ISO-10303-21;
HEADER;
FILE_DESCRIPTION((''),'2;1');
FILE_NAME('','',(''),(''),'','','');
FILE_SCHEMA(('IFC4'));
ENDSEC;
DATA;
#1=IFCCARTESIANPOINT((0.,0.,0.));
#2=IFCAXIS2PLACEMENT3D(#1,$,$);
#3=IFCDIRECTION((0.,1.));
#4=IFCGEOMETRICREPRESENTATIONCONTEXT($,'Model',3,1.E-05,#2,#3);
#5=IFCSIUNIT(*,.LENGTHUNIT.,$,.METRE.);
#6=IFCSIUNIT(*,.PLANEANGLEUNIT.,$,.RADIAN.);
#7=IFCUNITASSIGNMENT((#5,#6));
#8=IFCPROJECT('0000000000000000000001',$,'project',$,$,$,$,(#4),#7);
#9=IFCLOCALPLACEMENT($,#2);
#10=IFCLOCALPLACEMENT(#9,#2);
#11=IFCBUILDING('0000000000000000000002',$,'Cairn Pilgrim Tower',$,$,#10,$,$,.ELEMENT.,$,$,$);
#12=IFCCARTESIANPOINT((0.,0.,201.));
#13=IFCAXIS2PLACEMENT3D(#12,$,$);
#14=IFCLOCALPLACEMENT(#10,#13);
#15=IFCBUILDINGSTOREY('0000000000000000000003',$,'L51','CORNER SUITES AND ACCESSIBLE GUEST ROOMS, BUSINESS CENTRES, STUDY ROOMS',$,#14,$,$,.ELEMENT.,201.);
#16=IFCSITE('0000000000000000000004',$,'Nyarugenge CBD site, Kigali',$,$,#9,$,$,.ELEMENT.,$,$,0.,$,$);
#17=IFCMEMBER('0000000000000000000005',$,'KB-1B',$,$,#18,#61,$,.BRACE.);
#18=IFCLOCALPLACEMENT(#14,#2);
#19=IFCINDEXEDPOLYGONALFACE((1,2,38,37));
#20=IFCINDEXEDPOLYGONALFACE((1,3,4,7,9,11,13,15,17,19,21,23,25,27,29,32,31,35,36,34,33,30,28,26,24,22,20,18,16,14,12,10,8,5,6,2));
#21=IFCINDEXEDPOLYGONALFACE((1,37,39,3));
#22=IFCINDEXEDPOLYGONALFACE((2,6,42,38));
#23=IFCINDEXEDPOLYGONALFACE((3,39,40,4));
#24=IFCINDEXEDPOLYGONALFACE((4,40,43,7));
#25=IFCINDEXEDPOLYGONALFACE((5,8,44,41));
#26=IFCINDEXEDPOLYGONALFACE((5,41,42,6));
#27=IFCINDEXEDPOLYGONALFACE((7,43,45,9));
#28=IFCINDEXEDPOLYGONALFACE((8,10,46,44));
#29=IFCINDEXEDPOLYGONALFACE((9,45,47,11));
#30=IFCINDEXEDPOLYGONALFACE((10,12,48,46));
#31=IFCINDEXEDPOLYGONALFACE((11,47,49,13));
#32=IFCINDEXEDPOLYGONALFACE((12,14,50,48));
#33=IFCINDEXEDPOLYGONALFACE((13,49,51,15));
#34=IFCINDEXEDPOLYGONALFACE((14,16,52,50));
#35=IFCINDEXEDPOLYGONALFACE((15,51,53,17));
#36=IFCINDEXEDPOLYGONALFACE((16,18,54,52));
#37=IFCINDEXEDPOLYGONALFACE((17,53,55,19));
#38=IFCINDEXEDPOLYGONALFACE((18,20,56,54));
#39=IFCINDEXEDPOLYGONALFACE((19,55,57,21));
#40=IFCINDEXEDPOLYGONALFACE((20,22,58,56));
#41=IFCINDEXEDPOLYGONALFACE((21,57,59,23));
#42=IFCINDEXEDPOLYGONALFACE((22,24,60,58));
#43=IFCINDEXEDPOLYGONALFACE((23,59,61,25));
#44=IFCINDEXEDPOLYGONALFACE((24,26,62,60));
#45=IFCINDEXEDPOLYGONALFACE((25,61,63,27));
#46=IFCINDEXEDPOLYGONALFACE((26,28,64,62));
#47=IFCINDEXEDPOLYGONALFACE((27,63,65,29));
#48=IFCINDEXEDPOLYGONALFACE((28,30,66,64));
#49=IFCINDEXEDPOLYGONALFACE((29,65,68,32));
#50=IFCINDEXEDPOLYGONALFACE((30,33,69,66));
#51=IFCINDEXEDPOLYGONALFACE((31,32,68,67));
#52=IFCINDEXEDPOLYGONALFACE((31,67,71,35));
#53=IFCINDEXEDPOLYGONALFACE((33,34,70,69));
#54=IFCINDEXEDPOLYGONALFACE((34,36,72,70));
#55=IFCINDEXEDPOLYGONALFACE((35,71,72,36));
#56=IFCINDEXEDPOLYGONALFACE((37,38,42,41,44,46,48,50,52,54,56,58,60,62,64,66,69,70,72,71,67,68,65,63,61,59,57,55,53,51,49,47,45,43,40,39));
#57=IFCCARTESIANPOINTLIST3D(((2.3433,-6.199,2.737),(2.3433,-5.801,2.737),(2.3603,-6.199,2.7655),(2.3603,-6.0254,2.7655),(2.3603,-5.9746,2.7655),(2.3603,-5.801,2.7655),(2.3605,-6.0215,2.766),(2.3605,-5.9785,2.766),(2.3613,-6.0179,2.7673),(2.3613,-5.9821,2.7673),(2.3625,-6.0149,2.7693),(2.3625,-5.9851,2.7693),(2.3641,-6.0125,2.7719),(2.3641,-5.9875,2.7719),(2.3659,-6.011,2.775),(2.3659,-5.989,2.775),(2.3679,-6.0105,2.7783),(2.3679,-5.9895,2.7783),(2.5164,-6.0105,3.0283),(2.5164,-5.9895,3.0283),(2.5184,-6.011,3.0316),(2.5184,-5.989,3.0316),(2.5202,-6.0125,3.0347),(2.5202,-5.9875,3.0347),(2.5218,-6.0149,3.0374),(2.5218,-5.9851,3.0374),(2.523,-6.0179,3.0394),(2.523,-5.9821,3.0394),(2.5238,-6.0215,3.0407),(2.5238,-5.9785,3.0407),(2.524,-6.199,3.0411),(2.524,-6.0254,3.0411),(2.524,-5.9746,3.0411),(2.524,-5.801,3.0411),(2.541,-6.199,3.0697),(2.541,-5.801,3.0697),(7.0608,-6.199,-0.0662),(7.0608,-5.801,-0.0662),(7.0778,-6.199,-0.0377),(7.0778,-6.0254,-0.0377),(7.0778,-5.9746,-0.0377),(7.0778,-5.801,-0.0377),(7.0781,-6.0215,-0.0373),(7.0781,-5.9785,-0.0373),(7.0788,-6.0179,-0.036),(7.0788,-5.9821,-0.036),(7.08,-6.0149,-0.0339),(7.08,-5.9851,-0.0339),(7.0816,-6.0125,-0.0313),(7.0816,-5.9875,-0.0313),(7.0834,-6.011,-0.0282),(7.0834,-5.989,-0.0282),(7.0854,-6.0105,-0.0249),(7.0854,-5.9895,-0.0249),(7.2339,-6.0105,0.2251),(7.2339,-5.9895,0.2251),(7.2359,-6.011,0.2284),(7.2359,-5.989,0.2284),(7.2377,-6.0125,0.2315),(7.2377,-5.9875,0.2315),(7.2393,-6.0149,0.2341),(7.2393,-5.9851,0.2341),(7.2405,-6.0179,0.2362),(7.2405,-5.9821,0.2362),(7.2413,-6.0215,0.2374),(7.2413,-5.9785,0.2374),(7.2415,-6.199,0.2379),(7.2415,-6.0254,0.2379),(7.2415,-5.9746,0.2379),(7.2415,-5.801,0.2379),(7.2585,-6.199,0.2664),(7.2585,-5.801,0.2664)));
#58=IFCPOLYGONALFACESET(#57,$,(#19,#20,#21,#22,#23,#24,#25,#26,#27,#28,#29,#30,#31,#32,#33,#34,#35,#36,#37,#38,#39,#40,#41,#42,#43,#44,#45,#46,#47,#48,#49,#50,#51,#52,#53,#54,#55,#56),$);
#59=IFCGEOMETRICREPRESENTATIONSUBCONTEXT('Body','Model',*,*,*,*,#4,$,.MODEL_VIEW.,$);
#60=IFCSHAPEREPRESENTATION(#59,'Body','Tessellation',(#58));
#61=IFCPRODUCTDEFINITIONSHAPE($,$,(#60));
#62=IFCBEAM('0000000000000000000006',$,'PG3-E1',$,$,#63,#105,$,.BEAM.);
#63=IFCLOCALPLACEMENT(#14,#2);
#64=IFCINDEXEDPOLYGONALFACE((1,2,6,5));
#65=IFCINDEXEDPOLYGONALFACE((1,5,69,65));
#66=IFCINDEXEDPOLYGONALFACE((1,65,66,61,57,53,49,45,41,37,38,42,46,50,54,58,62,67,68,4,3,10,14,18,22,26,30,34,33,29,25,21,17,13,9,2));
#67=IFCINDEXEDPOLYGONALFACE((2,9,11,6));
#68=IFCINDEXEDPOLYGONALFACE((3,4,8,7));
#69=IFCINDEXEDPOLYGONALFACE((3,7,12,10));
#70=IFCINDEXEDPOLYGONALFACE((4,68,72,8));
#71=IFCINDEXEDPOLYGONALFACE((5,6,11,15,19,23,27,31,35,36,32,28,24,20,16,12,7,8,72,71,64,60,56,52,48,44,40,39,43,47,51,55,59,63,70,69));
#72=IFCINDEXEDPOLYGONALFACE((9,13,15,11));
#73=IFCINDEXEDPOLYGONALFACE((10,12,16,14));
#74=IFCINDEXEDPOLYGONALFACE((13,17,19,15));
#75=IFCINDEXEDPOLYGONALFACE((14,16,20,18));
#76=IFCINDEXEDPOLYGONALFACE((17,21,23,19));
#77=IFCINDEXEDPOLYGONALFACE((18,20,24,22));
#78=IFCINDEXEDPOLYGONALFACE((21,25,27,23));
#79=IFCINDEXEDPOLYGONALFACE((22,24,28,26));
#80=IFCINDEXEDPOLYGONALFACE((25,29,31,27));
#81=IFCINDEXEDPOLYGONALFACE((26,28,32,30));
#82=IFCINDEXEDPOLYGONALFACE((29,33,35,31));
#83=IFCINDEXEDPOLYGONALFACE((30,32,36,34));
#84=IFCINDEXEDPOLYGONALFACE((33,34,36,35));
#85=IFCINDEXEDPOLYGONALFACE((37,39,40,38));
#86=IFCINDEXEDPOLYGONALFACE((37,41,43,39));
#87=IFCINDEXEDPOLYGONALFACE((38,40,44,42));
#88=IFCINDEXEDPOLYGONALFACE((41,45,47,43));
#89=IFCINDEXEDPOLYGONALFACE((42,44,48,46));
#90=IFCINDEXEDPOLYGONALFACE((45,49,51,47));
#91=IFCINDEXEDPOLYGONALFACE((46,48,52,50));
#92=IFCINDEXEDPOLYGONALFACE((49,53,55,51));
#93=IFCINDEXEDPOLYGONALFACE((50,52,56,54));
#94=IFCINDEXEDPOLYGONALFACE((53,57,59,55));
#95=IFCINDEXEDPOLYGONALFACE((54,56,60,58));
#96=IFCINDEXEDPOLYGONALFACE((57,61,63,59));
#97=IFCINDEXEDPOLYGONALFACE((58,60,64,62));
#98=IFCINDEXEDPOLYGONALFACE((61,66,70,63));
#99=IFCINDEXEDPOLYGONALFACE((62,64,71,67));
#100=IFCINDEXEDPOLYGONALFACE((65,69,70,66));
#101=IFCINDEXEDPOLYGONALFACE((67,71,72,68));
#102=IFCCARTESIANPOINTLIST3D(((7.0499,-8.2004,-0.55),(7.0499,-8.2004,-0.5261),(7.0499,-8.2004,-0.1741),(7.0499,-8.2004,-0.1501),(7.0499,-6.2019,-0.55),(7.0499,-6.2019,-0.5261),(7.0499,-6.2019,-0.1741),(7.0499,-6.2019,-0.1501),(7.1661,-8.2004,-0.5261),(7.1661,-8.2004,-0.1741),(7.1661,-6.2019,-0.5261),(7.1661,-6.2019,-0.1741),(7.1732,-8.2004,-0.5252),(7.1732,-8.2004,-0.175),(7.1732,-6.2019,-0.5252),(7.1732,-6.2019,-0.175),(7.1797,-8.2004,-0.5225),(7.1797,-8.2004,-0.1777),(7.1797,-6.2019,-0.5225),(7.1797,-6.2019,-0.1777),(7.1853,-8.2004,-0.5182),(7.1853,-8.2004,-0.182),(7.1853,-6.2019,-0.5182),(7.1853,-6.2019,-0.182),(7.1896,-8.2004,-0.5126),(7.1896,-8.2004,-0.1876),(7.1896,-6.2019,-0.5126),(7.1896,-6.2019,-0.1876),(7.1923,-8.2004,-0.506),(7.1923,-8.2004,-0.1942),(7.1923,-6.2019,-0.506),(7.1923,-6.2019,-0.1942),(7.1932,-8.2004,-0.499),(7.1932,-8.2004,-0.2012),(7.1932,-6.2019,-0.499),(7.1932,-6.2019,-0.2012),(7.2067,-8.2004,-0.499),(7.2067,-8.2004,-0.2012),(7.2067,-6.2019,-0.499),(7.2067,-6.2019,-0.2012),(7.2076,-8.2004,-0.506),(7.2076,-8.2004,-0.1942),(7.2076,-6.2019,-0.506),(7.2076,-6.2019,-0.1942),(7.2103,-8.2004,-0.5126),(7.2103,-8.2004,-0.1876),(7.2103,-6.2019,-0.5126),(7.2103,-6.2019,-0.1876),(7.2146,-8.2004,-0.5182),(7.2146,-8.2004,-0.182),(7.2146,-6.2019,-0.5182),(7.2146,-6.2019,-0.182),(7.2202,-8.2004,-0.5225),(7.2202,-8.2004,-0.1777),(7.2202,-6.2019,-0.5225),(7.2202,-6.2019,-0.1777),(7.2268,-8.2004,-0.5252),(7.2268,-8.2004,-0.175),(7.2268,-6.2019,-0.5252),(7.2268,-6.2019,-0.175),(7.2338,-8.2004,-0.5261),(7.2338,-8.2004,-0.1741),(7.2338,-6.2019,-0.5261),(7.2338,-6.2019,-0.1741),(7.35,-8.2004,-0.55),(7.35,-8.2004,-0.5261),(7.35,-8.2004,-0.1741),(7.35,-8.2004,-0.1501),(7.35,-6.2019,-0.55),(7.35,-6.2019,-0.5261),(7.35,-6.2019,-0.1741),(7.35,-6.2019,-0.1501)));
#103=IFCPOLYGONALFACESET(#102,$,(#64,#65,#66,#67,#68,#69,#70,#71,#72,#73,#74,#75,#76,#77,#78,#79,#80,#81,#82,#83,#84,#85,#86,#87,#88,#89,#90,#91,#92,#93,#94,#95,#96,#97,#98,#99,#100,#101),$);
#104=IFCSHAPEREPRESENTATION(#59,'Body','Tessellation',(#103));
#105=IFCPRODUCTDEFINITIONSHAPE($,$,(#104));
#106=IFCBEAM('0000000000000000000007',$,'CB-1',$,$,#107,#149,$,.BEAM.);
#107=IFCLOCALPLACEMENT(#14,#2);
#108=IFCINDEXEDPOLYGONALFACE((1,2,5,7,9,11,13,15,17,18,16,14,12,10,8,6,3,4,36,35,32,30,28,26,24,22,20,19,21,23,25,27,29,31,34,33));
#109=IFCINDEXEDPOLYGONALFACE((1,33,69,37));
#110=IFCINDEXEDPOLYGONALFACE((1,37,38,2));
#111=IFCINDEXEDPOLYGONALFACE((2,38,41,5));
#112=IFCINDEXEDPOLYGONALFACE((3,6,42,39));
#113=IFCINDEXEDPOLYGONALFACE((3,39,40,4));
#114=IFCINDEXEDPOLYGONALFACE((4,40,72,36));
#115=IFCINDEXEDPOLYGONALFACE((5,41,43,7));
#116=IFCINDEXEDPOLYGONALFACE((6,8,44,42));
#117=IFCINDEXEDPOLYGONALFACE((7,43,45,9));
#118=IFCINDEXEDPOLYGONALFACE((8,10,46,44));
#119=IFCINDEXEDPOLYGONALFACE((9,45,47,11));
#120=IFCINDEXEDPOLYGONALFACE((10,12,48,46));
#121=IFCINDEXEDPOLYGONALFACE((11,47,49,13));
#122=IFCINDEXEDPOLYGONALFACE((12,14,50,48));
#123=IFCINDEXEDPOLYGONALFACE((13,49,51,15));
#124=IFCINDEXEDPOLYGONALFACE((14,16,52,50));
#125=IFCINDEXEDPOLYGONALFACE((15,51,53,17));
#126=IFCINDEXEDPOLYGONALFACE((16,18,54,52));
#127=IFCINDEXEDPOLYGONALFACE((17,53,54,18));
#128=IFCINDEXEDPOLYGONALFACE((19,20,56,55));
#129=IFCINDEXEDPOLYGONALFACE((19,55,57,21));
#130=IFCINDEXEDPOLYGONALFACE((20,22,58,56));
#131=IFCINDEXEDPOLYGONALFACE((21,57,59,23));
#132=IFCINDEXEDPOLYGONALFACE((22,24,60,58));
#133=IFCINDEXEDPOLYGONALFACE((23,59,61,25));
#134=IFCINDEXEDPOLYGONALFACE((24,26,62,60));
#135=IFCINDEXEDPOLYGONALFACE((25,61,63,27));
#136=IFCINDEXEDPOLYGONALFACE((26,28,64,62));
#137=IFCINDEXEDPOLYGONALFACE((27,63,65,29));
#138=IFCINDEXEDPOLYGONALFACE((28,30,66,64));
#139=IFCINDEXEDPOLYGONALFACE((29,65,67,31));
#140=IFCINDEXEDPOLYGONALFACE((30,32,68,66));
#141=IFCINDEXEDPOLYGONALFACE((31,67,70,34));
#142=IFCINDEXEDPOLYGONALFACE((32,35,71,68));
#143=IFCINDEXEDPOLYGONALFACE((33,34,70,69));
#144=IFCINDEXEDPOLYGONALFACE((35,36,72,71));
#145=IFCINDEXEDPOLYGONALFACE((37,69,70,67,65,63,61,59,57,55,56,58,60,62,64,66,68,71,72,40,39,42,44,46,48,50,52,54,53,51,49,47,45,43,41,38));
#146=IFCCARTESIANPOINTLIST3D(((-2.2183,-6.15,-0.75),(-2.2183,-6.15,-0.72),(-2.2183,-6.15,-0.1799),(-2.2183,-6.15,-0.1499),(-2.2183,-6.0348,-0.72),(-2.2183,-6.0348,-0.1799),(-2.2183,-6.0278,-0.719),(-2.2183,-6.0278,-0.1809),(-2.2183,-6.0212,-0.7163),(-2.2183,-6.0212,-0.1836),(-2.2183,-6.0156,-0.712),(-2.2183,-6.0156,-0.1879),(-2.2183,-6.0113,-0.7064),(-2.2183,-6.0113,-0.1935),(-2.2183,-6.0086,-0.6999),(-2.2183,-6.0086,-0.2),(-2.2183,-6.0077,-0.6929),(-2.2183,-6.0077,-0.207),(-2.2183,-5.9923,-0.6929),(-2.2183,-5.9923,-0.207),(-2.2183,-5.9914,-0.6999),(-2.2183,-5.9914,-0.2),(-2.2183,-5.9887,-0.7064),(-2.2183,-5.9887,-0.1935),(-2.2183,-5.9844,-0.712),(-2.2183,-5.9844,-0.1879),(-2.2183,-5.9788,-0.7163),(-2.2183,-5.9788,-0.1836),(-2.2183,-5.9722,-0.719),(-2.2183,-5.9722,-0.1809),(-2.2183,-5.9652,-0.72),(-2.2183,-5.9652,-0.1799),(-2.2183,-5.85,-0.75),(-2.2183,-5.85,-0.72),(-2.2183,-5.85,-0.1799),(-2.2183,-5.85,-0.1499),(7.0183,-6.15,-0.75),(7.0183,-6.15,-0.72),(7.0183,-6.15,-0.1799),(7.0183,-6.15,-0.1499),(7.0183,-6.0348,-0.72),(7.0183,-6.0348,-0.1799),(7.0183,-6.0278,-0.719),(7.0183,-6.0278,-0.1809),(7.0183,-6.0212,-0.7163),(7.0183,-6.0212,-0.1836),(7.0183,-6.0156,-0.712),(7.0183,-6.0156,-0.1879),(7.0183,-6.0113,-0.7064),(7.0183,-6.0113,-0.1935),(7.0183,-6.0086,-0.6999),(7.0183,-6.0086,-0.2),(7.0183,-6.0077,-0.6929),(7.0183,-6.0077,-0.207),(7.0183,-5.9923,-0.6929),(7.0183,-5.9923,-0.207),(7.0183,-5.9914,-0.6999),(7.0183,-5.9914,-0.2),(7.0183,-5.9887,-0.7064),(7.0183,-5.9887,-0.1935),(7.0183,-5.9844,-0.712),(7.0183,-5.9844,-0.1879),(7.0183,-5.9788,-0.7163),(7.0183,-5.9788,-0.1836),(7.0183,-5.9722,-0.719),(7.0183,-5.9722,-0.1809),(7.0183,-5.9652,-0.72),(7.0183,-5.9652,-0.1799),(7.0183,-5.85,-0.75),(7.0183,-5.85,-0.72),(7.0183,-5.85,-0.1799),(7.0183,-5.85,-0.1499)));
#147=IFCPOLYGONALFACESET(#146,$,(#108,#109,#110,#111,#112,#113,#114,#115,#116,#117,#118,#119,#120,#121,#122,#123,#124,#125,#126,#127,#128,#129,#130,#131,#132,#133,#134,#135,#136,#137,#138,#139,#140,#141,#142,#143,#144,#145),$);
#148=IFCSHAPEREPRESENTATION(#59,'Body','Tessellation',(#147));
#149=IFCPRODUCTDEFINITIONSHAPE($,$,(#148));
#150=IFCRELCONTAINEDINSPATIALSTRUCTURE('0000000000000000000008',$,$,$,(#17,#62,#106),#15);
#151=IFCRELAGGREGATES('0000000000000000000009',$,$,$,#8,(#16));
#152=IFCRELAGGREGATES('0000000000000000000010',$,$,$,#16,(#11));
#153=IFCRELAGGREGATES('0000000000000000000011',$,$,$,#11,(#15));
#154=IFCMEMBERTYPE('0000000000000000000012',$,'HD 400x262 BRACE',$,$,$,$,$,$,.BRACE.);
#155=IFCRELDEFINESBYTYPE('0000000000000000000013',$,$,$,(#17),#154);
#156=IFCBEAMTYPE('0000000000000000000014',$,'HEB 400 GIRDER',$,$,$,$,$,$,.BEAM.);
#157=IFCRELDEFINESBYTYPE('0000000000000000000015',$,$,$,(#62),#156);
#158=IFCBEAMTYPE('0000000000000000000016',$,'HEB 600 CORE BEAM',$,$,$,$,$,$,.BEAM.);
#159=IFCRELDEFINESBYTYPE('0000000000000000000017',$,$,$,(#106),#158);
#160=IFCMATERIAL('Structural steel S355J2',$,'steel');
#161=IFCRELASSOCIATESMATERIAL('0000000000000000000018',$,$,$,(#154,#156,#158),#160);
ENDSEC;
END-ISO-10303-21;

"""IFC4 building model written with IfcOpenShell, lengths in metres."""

from ifc_helpers import new_model, si_unit, direction, frame, origin, origin_2d, place, context, subcontext, project, spatial, i_section, extrude, material, material_profile, profile_set, type_object, element, save


model = new_model("IFC4")

# Units and contexts
model_context = context("Model", 3, precision=1e-05, world=origin(), true_north=direction((0.0, 1.0)))
body_context = subcontext(model_context, "Body", "Model", "MODEL_VIEW")
ifc_project = project(units=[si_unit("LENGTHUNIT", "METRE"), si_unit("PLANEANGLEUNIT", "RADIAN")], contexts=[model_context])

# Site, building, storey
site_placement = place(None, origin())
site = spatial("IfcSite", under=ifc_project, at=site_placement, Name="Nyarugenge CBD site, Kigali", CompositionType="ELEMENT", RefElevation=0.0)
building_placement = place(site_placement, origin())
building = spatial("IfcBuilding", under=site, at=building_placement, Name="Cairn Pilgrim Tower", CompositionType="ELEMENT")
storey_placement = place(building_placement, frame((0.0, 0.0, 201.0)))
storey = spatial("IfcBuildingStorey", under=building, at=storey_placement, Name="L51", Description="CORNER SUITES AND ACCESSIBLE GUEST ROOMS, BUSINESS CENTRES, STUDY ROOMS", CompositionType="ELEMENT", Elevation=201.0)

# Shared definitions
ifc_material_1 = material(Name="Structural steel S355J2", Category="steel")

# Member
ifc_material_profile_1 = material_profile(ifc_material_1, i_section(OverallWidth=0.3979, OverallDepth=0.387, WebThickness=0.021, FlangeThickness=0.0332, FilletRadius=0.0149, at=origin_2d()), Name="HD 400x262")
ifc_profile_set_1 = profile_set([ifc_material_profile_1], Name="Structural steel S355J2")
member_type = type_object("IfcMemberType", Name="HD 400x262 BRACE", PredefinedType="BRACE", material=ifc_profile_set_1)
for number, where, z_axis, x_axis, name in (
    (1, (7.1597, -6.0, 0.1001), (-0.85968, 0.0, 0.510834), (0.0, -1.0, 0.0), "KB-1B"),
):
    element("IfcMember", number, at=place(storey_placement, frame(where, z_axis=z_axis, x_axis=x_axis)), inside=storey, type_object=member_type, Name=name, PredefinedType="BRACE", context=body_context, shape_type="SweptSolid", body=[
        extrude(i_section(OverallWidth=0.3979, OverallDepth=0.387, WebThickness=0.021, FlangeThickness=0.0332, FilletRadius=0.0149, at=origin_2d()), origin(), (0.0, 0.0, 1.0), 5.4875),
    ])

# Beams
ifc_material_profile_2 = material_profile(ifc_material_1, i_section(OverallWidth=0.3, OverallDepth=0.3999, WebThickness=0.0134, FlangeThickness=0.0239, FilletRadius=0.0271, at=origin_2d()), Name="HEB 400")
ifc_profile_set_2 = profile_set([ifc_material_profile_2], Name="Structural steel S355J2")
beam_type_1 = type_object("IfcBeamType", Name="HEB 400 GIRDER", PredefinedType="BEAM", material=ifc_profile_set_2)
beam_1_placement = place(storey_placement, frame((7.2, -8.2004, -0.3501), z_axis=(0.0, 1.0, 0.0), x_axis=(-1.0, 0.0, 0.0)))
element("IfcBeam", 2, at=beam_1_placement, inside=storey, type_object=beam_type_1, Name="PG3-E1", PredefinedType="BEAM", context=body_context, shape_type="SweptSolid", body=[
    extrude(i_section(OverallWidth=0.3, OverallDepth=0.3999, WebThickness=0.0134, FlangeThickness=0.0239, FilletRadius=0.0271, at=origin_2d()), origin(), (0.0, 0.0, 1.0), 1.9985),
])
ifc_material_profile_3 = material_profile(ifc_material_1, i_section(OverallWidth=0.3, OverallDepth=0.6001, WebThickness=0.0154, FlangeThickness=0.03, FilletRadius=0.0271, at=origin_2d()), Name="HEB 600")
ifc_profile_set_3 = profile_set([ifc_material_profile_3], Name="Structural steel S355J2")
beam_type_2 = type_object("IfcBeamType", Name="HEB 600 CORE BEAM", PredefinedType="BEAM", material=ifc_profile_set_3)
beam_2_placement = place(storey_placement, frame((-2.2183, -6.0, -0.45), z_axis=(1.0, 0.0, 0.0), x_axis=(0.0, 1.0, 0.0)))
element("IfcBeam", 3, at=beam_2_placement, inside=storey, type_object=beam_type_2, Name="CB-1", PredefinedType="BEAM", context=body_context, shape_type="SweptSolid", body=[
    extrude(i_section(OverallWidth=0.3, OverallDepth=0.6001, WebThickness=0.0154, FlangeThickness=0.03, FilletRadius=0.0271, at=origin_2d()), origin(), (0.0, 0.0, 1.0), 9.2366),
])

save(model, "model.ifc")
